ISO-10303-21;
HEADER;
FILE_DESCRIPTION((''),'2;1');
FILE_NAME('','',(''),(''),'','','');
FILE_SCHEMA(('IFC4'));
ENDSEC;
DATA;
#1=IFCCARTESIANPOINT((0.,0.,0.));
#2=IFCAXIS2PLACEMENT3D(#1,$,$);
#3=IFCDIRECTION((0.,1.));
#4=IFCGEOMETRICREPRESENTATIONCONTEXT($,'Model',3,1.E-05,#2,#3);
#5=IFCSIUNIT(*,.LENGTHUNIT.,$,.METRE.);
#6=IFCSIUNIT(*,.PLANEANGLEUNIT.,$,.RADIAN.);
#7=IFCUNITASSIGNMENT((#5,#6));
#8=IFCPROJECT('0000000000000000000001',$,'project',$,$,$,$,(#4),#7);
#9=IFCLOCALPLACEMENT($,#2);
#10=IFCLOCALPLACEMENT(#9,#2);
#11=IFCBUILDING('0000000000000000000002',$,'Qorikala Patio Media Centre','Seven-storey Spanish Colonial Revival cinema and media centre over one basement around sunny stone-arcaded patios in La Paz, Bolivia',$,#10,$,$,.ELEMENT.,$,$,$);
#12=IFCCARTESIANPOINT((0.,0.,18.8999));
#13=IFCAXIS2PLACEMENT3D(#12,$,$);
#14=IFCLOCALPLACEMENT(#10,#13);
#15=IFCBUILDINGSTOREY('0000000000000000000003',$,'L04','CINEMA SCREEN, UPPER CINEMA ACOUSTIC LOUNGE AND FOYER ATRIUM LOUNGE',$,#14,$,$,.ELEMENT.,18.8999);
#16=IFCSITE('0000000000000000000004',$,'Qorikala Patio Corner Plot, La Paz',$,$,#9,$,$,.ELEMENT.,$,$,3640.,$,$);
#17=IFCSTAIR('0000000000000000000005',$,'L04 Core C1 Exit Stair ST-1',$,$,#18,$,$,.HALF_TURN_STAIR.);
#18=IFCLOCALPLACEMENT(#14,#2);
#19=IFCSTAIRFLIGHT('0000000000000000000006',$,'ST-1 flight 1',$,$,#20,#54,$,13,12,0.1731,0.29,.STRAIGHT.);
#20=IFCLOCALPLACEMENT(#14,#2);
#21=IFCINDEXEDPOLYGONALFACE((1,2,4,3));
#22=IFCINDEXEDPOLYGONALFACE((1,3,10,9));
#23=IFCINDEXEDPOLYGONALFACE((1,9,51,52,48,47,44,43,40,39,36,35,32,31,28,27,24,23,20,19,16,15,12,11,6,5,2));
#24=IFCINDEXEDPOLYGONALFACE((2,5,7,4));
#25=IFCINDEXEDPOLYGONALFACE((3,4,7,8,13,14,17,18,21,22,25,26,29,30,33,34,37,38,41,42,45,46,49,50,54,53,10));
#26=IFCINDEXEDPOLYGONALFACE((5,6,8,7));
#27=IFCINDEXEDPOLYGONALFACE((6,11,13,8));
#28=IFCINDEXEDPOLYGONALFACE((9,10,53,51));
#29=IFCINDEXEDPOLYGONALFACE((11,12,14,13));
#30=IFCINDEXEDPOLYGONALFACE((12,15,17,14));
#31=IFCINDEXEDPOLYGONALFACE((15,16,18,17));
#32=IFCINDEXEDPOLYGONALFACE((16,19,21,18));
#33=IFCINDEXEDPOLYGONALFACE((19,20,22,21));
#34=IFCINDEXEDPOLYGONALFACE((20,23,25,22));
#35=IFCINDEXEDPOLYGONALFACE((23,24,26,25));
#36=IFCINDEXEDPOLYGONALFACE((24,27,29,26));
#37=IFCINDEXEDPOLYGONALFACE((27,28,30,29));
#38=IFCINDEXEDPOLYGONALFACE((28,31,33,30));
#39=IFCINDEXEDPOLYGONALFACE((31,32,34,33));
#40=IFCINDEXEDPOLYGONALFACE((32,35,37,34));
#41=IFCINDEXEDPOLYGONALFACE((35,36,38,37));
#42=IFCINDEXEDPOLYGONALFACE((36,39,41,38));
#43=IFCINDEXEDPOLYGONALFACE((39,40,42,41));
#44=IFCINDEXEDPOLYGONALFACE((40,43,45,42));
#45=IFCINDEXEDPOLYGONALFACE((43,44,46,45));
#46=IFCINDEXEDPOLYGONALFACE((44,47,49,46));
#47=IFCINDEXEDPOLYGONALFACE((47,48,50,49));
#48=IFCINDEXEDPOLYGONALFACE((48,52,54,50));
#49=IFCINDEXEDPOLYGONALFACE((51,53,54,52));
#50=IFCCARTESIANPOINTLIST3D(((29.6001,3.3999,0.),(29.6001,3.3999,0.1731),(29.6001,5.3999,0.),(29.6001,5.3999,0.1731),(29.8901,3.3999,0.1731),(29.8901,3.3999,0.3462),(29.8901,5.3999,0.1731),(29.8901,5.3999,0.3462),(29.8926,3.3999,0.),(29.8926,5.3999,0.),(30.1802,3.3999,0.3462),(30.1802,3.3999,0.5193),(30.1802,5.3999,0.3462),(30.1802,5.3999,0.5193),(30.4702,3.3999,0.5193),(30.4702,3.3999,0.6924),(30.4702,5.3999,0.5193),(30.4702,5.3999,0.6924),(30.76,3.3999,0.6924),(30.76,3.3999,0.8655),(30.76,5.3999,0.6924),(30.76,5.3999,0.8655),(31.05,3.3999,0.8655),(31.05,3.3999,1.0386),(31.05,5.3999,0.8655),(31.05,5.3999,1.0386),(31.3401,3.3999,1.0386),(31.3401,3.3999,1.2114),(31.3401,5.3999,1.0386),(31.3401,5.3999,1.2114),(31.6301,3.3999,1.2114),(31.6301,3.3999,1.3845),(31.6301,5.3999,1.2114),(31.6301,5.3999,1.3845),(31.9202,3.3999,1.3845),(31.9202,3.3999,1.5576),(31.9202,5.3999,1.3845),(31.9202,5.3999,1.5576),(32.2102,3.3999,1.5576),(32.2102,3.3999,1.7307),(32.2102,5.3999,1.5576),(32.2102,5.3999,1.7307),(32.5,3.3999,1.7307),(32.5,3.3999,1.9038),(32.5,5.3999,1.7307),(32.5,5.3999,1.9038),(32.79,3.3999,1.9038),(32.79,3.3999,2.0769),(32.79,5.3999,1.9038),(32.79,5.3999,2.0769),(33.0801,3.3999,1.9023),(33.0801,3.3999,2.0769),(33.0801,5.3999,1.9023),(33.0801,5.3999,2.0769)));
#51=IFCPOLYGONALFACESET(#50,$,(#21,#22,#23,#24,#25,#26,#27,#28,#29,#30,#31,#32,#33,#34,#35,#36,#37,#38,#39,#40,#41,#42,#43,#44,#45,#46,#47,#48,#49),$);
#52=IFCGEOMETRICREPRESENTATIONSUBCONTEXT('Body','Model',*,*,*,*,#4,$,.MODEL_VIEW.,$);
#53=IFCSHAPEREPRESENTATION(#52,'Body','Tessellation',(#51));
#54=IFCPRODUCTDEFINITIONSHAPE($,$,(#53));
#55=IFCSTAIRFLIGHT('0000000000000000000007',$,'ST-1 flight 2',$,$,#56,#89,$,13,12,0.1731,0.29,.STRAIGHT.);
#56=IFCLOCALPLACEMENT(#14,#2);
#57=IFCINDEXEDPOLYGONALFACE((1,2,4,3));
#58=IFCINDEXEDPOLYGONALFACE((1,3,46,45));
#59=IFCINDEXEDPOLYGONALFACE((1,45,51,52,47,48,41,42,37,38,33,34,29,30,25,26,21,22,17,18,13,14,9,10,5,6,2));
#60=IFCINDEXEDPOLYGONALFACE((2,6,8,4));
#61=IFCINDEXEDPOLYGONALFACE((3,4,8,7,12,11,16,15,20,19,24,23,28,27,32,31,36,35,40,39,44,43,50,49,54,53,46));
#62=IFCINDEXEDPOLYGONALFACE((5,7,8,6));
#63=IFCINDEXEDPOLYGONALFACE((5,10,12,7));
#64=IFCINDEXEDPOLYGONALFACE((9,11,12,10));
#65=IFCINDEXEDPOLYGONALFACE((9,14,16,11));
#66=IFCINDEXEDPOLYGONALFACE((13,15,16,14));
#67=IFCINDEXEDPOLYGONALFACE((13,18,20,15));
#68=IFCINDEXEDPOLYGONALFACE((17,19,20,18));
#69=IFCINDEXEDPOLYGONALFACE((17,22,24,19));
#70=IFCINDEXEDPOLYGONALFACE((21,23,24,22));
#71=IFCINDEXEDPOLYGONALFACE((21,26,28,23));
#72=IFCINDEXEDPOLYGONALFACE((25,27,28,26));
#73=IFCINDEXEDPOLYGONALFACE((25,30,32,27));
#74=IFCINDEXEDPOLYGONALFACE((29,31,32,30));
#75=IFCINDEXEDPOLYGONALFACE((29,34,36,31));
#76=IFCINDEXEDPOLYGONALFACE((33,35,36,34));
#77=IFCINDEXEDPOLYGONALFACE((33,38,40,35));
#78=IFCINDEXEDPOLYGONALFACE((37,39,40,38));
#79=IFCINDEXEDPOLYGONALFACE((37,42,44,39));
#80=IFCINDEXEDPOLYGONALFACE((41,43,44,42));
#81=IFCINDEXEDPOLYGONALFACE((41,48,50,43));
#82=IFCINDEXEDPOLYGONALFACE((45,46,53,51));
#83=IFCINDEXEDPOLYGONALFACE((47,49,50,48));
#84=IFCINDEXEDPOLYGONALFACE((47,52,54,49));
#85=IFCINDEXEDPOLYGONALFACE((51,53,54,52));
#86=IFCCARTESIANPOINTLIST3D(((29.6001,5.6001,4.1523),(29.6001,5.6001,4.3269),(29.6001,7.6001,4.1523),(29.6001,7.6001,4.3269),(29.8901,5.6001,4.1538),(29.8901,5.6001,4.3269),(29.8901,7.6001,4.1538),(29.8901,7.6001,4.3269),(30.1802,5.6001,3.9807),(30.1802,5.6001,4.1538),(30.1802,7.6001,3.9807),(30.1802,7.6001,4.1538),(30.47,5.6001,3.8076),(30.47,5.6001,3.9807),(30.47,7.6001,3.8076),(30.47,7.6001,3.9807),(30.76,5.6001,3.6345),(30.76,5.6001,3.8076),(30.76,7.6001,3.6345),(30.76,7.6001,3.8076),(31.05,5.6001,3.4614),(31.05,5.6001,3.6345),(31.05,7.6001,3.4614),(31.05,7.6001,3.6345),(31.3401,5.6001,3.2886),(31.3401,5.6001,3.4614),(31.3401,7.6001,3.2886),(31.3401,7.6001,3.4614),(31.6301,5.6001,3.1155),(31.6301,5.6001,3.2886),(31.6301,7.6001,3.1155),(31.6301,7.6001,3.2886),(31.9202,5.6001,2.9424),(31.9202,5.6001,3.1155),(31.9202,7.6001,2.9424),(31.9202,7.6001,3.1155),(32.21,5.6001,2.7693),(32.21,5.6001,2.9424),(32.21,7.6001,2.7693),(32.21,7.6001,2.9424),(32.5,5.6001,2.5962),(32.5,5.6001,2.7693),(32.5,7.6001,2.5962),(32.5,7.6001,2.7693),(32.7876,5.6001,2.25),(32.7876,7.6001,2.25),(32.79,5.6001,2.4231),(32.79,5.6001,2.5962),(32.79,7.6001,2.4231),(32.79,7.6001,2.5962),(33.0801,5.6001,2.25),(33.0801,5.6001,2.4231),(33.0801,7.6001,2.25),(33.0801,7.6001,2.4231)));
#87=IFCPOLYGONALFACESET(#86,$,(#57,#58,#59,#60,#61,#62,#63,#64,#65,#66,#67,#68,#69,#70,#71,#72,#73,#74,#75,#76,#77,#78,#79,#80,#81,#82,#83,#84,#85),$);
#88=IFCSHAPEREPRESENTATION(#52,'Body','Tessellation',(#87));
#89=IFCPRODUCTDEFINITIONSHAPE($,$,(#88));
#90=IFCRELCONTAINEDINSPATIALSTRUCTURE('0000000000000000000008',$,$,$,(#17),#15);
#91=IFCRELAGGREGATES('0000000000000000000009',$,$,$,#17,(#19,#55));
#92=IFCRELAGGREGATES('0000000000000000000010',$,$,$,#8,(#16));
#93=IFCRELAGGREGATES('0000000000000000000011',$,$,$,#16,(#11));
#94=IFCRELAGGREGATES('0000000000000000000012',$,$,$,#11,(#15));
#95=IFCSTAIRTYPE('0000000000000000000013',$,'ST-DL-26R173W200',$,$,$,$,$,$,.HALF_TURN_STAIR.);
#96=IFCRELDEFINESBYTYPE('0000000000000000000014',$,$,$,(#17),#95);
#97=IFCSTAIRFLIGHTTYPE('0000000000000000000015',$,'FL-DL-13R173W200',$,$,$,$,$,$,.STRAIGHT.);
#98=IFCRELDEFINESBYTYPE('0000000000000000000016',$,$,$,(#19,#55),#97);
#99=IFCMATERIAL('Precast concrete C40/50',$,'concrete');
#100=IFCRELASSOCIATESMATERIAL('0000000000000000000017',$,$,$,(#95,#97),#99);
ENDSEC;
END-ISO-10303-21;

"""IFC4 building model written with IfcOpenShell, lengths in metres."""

from ifc_helpers import new_model, si_unit, direction, frame, origin, place, context, subcontext, project, spatial, polyline, outline, extrude, material, type_object, element, aggregate, save


model = new_model("IFC4")

# Units and contexts
model_context = context("Model", 3, precision=1e-05, world=origin(), true_north=direction((0.0, 1.0)))
body_context = subcontext(model_context, "Body", "Model", "MODEL_VIEW")
ifc_project = project(units=[si_unit("LENGTHUNIT", "METRE"), si_unit("PLANEANGLEUNIT", "RADIAN")], contexts=[model_context])

# Site, building, storey
site_placement = place(None, origin())
site = spatial("IfcSite", under=ifc_project, at=site_placement, Name="Qorikala Patio Corner Plot, La Paz", CompositionType="ELEMENT", RefElevation=3640.0)
building_placement = place(site_placement, origin())
building = spatial("IfcBuilding", under=site, at=building_placement, Name="Qorikala Patio Media Centre", Description="Seven-storey Spanish Colonial Revival cinema and media centre over one basement around sunny stone-arcaded patios in La Paz, Bolivia", CompositionType="ELEMENT")
storey_placement = place(building_placement, frame((0.0, 0.0, 18.8999)))
storey = spatial("IfcBuildingStorey", under=building, at=storey_placement, Name="L04", Description="CINEMA SCREEN, UPPER CINEMA ACOUSTIC LOUNGE AND FOYER ATRIUM LOUNGE", CompositionType="ELEMENT", Elevation=18.8999)

# Stair, stair flights
ifc_material_1 = material(Name="Precast concrete C40/50", Category="concrete")
stair_type = type_object("IfcStairType", Name="ST-DL-26R173W200", PredefinedType="HALF_TURN_STAIR", material=ifc_material_1)
stair_placement = place(storey_placement, origin())
stair = element("IfcStair", 1, at=stair_placement, inside=storey, type_object=stair_type, Name="L04 Core C1 Exit Stair ST-1", PredefinedType="HALF_TURN_STAIR")
stair_flight_type = type_object("IfcStairFlightType", Name="FL-DL-13R173W200", PredefinedType="STRAIGHT", material=ifc_material_1)
stair_flight_1_placement = place(storey_placement, frame((29.6001, 4.3999, 0.0), z_axis=(0.0, 0.0, 1.0), x_axis=(1.0, 0.0, 0.0)))
stair_flight_1 = element("IfcStairFlight", 2, at=stair_flight_1_placement, type_object=stair_flight_type, Name="ST-1 flight 1", NumberOfRisers=13, NumberOfTreads=12, PredefinedType="STRAIGHT", RiserHeight=0.1731, TreadLength=0.29, context=body_context, shape_type="SweptSolid", body=[
    extrude(outline(polyline([(0.0, 0.0), (0.0, 0.1731), (0.29, 0.1731), (0.29, 0.3462), (0.5801, 0.3462), (0.5801, 0.5193), (0.8701, 0.5193), (0.8701, 0.6924), (1.1599, 0.6924), (1.1599, 0.8655), (1.45, 0.8655), (1.45, 1.0386), (1.74, 1.0386), (1.74, 1.2114), (2.03, 1.2114), (2.03, 1.3845), (2.3201, 1.3845), (2.3201, 1.5576), (2.6101, 1.5576), (2.6101, 1.7307), (2.8999, 1.7307), (2.8999, 1.9038), (3.1899, 1.9038), (3.1899, 2.0769), (3.48, 2.0769), (3.48, 2.25), (3.48, 1.9023), (0.2925, 0.0), (0.0, 0.0)])), frame((0.0, 1.0, 0.0), z_axis=(0.0, -1.0, 0.0), x_axis=(1.0, 0.0, 0.0)), (0.0, 0.0, 1.0), 2.0),
])
stair_flight_2_placement = place(storey_placement, frame((33.0801, 6.6001, 2.25), z_axis=(0.0, 0.0, 1.0), x_axis=(-1.0, 0.0, 0.0)))
stair_flight_2 = element("IfcStairFlight", 3, at=stair_flight_2_placement, type_object=stair_flight_type, Name="ST-1 flight 2", NumberOfRisers=13, NumberOfTreads=12, PredefinedType="STRAIGHT", RiserHeight=0.1731, TreadLength=0.29, context=body_context, shape_type="SweptSolid", body=[
    extrude(outline(polyline([(0.0, 0.0), (0.0, 0.1731), (0.29, 0.1731), (0.29, 0.3462), (0.5801, 0.3462), (0.5801, 0.5193), (0.8701, 0.5193), (0.8701, 0.6924), (1.1599, 0.6924), (1.1599, 0.8655), (1.45, 0.8655), (1.45, 1.0386), (1.74, 1.0386), (1.74, 1.2114), (2.03, 1.2114), (2.03, 1.3845), (2.3201, 1.3845), (2.3201, 1.5576), (2.6101, 1.5576), (2.6101, 1.7307), (2.8999, 1.7307), (2.8999, 1.9038), (3.1899, 1.9038), (3.1899, 2.0769), (3.48, 2.0769), (3.48, 2.25), (3.48, 1.9023), (0.2925, 0.0), (0.0, 0.0)])), frame((0.0, 1.0, 0.0), z_axis=(0.0, -1.0, 0.0), x_axis=(1.0, 0.0, 0.0)), (0.0, 0.0, 1.0), 2.0),
])
aggregate(stair, [stair_flight_1, stair_flight_2])

save(model, "model.ifc")
